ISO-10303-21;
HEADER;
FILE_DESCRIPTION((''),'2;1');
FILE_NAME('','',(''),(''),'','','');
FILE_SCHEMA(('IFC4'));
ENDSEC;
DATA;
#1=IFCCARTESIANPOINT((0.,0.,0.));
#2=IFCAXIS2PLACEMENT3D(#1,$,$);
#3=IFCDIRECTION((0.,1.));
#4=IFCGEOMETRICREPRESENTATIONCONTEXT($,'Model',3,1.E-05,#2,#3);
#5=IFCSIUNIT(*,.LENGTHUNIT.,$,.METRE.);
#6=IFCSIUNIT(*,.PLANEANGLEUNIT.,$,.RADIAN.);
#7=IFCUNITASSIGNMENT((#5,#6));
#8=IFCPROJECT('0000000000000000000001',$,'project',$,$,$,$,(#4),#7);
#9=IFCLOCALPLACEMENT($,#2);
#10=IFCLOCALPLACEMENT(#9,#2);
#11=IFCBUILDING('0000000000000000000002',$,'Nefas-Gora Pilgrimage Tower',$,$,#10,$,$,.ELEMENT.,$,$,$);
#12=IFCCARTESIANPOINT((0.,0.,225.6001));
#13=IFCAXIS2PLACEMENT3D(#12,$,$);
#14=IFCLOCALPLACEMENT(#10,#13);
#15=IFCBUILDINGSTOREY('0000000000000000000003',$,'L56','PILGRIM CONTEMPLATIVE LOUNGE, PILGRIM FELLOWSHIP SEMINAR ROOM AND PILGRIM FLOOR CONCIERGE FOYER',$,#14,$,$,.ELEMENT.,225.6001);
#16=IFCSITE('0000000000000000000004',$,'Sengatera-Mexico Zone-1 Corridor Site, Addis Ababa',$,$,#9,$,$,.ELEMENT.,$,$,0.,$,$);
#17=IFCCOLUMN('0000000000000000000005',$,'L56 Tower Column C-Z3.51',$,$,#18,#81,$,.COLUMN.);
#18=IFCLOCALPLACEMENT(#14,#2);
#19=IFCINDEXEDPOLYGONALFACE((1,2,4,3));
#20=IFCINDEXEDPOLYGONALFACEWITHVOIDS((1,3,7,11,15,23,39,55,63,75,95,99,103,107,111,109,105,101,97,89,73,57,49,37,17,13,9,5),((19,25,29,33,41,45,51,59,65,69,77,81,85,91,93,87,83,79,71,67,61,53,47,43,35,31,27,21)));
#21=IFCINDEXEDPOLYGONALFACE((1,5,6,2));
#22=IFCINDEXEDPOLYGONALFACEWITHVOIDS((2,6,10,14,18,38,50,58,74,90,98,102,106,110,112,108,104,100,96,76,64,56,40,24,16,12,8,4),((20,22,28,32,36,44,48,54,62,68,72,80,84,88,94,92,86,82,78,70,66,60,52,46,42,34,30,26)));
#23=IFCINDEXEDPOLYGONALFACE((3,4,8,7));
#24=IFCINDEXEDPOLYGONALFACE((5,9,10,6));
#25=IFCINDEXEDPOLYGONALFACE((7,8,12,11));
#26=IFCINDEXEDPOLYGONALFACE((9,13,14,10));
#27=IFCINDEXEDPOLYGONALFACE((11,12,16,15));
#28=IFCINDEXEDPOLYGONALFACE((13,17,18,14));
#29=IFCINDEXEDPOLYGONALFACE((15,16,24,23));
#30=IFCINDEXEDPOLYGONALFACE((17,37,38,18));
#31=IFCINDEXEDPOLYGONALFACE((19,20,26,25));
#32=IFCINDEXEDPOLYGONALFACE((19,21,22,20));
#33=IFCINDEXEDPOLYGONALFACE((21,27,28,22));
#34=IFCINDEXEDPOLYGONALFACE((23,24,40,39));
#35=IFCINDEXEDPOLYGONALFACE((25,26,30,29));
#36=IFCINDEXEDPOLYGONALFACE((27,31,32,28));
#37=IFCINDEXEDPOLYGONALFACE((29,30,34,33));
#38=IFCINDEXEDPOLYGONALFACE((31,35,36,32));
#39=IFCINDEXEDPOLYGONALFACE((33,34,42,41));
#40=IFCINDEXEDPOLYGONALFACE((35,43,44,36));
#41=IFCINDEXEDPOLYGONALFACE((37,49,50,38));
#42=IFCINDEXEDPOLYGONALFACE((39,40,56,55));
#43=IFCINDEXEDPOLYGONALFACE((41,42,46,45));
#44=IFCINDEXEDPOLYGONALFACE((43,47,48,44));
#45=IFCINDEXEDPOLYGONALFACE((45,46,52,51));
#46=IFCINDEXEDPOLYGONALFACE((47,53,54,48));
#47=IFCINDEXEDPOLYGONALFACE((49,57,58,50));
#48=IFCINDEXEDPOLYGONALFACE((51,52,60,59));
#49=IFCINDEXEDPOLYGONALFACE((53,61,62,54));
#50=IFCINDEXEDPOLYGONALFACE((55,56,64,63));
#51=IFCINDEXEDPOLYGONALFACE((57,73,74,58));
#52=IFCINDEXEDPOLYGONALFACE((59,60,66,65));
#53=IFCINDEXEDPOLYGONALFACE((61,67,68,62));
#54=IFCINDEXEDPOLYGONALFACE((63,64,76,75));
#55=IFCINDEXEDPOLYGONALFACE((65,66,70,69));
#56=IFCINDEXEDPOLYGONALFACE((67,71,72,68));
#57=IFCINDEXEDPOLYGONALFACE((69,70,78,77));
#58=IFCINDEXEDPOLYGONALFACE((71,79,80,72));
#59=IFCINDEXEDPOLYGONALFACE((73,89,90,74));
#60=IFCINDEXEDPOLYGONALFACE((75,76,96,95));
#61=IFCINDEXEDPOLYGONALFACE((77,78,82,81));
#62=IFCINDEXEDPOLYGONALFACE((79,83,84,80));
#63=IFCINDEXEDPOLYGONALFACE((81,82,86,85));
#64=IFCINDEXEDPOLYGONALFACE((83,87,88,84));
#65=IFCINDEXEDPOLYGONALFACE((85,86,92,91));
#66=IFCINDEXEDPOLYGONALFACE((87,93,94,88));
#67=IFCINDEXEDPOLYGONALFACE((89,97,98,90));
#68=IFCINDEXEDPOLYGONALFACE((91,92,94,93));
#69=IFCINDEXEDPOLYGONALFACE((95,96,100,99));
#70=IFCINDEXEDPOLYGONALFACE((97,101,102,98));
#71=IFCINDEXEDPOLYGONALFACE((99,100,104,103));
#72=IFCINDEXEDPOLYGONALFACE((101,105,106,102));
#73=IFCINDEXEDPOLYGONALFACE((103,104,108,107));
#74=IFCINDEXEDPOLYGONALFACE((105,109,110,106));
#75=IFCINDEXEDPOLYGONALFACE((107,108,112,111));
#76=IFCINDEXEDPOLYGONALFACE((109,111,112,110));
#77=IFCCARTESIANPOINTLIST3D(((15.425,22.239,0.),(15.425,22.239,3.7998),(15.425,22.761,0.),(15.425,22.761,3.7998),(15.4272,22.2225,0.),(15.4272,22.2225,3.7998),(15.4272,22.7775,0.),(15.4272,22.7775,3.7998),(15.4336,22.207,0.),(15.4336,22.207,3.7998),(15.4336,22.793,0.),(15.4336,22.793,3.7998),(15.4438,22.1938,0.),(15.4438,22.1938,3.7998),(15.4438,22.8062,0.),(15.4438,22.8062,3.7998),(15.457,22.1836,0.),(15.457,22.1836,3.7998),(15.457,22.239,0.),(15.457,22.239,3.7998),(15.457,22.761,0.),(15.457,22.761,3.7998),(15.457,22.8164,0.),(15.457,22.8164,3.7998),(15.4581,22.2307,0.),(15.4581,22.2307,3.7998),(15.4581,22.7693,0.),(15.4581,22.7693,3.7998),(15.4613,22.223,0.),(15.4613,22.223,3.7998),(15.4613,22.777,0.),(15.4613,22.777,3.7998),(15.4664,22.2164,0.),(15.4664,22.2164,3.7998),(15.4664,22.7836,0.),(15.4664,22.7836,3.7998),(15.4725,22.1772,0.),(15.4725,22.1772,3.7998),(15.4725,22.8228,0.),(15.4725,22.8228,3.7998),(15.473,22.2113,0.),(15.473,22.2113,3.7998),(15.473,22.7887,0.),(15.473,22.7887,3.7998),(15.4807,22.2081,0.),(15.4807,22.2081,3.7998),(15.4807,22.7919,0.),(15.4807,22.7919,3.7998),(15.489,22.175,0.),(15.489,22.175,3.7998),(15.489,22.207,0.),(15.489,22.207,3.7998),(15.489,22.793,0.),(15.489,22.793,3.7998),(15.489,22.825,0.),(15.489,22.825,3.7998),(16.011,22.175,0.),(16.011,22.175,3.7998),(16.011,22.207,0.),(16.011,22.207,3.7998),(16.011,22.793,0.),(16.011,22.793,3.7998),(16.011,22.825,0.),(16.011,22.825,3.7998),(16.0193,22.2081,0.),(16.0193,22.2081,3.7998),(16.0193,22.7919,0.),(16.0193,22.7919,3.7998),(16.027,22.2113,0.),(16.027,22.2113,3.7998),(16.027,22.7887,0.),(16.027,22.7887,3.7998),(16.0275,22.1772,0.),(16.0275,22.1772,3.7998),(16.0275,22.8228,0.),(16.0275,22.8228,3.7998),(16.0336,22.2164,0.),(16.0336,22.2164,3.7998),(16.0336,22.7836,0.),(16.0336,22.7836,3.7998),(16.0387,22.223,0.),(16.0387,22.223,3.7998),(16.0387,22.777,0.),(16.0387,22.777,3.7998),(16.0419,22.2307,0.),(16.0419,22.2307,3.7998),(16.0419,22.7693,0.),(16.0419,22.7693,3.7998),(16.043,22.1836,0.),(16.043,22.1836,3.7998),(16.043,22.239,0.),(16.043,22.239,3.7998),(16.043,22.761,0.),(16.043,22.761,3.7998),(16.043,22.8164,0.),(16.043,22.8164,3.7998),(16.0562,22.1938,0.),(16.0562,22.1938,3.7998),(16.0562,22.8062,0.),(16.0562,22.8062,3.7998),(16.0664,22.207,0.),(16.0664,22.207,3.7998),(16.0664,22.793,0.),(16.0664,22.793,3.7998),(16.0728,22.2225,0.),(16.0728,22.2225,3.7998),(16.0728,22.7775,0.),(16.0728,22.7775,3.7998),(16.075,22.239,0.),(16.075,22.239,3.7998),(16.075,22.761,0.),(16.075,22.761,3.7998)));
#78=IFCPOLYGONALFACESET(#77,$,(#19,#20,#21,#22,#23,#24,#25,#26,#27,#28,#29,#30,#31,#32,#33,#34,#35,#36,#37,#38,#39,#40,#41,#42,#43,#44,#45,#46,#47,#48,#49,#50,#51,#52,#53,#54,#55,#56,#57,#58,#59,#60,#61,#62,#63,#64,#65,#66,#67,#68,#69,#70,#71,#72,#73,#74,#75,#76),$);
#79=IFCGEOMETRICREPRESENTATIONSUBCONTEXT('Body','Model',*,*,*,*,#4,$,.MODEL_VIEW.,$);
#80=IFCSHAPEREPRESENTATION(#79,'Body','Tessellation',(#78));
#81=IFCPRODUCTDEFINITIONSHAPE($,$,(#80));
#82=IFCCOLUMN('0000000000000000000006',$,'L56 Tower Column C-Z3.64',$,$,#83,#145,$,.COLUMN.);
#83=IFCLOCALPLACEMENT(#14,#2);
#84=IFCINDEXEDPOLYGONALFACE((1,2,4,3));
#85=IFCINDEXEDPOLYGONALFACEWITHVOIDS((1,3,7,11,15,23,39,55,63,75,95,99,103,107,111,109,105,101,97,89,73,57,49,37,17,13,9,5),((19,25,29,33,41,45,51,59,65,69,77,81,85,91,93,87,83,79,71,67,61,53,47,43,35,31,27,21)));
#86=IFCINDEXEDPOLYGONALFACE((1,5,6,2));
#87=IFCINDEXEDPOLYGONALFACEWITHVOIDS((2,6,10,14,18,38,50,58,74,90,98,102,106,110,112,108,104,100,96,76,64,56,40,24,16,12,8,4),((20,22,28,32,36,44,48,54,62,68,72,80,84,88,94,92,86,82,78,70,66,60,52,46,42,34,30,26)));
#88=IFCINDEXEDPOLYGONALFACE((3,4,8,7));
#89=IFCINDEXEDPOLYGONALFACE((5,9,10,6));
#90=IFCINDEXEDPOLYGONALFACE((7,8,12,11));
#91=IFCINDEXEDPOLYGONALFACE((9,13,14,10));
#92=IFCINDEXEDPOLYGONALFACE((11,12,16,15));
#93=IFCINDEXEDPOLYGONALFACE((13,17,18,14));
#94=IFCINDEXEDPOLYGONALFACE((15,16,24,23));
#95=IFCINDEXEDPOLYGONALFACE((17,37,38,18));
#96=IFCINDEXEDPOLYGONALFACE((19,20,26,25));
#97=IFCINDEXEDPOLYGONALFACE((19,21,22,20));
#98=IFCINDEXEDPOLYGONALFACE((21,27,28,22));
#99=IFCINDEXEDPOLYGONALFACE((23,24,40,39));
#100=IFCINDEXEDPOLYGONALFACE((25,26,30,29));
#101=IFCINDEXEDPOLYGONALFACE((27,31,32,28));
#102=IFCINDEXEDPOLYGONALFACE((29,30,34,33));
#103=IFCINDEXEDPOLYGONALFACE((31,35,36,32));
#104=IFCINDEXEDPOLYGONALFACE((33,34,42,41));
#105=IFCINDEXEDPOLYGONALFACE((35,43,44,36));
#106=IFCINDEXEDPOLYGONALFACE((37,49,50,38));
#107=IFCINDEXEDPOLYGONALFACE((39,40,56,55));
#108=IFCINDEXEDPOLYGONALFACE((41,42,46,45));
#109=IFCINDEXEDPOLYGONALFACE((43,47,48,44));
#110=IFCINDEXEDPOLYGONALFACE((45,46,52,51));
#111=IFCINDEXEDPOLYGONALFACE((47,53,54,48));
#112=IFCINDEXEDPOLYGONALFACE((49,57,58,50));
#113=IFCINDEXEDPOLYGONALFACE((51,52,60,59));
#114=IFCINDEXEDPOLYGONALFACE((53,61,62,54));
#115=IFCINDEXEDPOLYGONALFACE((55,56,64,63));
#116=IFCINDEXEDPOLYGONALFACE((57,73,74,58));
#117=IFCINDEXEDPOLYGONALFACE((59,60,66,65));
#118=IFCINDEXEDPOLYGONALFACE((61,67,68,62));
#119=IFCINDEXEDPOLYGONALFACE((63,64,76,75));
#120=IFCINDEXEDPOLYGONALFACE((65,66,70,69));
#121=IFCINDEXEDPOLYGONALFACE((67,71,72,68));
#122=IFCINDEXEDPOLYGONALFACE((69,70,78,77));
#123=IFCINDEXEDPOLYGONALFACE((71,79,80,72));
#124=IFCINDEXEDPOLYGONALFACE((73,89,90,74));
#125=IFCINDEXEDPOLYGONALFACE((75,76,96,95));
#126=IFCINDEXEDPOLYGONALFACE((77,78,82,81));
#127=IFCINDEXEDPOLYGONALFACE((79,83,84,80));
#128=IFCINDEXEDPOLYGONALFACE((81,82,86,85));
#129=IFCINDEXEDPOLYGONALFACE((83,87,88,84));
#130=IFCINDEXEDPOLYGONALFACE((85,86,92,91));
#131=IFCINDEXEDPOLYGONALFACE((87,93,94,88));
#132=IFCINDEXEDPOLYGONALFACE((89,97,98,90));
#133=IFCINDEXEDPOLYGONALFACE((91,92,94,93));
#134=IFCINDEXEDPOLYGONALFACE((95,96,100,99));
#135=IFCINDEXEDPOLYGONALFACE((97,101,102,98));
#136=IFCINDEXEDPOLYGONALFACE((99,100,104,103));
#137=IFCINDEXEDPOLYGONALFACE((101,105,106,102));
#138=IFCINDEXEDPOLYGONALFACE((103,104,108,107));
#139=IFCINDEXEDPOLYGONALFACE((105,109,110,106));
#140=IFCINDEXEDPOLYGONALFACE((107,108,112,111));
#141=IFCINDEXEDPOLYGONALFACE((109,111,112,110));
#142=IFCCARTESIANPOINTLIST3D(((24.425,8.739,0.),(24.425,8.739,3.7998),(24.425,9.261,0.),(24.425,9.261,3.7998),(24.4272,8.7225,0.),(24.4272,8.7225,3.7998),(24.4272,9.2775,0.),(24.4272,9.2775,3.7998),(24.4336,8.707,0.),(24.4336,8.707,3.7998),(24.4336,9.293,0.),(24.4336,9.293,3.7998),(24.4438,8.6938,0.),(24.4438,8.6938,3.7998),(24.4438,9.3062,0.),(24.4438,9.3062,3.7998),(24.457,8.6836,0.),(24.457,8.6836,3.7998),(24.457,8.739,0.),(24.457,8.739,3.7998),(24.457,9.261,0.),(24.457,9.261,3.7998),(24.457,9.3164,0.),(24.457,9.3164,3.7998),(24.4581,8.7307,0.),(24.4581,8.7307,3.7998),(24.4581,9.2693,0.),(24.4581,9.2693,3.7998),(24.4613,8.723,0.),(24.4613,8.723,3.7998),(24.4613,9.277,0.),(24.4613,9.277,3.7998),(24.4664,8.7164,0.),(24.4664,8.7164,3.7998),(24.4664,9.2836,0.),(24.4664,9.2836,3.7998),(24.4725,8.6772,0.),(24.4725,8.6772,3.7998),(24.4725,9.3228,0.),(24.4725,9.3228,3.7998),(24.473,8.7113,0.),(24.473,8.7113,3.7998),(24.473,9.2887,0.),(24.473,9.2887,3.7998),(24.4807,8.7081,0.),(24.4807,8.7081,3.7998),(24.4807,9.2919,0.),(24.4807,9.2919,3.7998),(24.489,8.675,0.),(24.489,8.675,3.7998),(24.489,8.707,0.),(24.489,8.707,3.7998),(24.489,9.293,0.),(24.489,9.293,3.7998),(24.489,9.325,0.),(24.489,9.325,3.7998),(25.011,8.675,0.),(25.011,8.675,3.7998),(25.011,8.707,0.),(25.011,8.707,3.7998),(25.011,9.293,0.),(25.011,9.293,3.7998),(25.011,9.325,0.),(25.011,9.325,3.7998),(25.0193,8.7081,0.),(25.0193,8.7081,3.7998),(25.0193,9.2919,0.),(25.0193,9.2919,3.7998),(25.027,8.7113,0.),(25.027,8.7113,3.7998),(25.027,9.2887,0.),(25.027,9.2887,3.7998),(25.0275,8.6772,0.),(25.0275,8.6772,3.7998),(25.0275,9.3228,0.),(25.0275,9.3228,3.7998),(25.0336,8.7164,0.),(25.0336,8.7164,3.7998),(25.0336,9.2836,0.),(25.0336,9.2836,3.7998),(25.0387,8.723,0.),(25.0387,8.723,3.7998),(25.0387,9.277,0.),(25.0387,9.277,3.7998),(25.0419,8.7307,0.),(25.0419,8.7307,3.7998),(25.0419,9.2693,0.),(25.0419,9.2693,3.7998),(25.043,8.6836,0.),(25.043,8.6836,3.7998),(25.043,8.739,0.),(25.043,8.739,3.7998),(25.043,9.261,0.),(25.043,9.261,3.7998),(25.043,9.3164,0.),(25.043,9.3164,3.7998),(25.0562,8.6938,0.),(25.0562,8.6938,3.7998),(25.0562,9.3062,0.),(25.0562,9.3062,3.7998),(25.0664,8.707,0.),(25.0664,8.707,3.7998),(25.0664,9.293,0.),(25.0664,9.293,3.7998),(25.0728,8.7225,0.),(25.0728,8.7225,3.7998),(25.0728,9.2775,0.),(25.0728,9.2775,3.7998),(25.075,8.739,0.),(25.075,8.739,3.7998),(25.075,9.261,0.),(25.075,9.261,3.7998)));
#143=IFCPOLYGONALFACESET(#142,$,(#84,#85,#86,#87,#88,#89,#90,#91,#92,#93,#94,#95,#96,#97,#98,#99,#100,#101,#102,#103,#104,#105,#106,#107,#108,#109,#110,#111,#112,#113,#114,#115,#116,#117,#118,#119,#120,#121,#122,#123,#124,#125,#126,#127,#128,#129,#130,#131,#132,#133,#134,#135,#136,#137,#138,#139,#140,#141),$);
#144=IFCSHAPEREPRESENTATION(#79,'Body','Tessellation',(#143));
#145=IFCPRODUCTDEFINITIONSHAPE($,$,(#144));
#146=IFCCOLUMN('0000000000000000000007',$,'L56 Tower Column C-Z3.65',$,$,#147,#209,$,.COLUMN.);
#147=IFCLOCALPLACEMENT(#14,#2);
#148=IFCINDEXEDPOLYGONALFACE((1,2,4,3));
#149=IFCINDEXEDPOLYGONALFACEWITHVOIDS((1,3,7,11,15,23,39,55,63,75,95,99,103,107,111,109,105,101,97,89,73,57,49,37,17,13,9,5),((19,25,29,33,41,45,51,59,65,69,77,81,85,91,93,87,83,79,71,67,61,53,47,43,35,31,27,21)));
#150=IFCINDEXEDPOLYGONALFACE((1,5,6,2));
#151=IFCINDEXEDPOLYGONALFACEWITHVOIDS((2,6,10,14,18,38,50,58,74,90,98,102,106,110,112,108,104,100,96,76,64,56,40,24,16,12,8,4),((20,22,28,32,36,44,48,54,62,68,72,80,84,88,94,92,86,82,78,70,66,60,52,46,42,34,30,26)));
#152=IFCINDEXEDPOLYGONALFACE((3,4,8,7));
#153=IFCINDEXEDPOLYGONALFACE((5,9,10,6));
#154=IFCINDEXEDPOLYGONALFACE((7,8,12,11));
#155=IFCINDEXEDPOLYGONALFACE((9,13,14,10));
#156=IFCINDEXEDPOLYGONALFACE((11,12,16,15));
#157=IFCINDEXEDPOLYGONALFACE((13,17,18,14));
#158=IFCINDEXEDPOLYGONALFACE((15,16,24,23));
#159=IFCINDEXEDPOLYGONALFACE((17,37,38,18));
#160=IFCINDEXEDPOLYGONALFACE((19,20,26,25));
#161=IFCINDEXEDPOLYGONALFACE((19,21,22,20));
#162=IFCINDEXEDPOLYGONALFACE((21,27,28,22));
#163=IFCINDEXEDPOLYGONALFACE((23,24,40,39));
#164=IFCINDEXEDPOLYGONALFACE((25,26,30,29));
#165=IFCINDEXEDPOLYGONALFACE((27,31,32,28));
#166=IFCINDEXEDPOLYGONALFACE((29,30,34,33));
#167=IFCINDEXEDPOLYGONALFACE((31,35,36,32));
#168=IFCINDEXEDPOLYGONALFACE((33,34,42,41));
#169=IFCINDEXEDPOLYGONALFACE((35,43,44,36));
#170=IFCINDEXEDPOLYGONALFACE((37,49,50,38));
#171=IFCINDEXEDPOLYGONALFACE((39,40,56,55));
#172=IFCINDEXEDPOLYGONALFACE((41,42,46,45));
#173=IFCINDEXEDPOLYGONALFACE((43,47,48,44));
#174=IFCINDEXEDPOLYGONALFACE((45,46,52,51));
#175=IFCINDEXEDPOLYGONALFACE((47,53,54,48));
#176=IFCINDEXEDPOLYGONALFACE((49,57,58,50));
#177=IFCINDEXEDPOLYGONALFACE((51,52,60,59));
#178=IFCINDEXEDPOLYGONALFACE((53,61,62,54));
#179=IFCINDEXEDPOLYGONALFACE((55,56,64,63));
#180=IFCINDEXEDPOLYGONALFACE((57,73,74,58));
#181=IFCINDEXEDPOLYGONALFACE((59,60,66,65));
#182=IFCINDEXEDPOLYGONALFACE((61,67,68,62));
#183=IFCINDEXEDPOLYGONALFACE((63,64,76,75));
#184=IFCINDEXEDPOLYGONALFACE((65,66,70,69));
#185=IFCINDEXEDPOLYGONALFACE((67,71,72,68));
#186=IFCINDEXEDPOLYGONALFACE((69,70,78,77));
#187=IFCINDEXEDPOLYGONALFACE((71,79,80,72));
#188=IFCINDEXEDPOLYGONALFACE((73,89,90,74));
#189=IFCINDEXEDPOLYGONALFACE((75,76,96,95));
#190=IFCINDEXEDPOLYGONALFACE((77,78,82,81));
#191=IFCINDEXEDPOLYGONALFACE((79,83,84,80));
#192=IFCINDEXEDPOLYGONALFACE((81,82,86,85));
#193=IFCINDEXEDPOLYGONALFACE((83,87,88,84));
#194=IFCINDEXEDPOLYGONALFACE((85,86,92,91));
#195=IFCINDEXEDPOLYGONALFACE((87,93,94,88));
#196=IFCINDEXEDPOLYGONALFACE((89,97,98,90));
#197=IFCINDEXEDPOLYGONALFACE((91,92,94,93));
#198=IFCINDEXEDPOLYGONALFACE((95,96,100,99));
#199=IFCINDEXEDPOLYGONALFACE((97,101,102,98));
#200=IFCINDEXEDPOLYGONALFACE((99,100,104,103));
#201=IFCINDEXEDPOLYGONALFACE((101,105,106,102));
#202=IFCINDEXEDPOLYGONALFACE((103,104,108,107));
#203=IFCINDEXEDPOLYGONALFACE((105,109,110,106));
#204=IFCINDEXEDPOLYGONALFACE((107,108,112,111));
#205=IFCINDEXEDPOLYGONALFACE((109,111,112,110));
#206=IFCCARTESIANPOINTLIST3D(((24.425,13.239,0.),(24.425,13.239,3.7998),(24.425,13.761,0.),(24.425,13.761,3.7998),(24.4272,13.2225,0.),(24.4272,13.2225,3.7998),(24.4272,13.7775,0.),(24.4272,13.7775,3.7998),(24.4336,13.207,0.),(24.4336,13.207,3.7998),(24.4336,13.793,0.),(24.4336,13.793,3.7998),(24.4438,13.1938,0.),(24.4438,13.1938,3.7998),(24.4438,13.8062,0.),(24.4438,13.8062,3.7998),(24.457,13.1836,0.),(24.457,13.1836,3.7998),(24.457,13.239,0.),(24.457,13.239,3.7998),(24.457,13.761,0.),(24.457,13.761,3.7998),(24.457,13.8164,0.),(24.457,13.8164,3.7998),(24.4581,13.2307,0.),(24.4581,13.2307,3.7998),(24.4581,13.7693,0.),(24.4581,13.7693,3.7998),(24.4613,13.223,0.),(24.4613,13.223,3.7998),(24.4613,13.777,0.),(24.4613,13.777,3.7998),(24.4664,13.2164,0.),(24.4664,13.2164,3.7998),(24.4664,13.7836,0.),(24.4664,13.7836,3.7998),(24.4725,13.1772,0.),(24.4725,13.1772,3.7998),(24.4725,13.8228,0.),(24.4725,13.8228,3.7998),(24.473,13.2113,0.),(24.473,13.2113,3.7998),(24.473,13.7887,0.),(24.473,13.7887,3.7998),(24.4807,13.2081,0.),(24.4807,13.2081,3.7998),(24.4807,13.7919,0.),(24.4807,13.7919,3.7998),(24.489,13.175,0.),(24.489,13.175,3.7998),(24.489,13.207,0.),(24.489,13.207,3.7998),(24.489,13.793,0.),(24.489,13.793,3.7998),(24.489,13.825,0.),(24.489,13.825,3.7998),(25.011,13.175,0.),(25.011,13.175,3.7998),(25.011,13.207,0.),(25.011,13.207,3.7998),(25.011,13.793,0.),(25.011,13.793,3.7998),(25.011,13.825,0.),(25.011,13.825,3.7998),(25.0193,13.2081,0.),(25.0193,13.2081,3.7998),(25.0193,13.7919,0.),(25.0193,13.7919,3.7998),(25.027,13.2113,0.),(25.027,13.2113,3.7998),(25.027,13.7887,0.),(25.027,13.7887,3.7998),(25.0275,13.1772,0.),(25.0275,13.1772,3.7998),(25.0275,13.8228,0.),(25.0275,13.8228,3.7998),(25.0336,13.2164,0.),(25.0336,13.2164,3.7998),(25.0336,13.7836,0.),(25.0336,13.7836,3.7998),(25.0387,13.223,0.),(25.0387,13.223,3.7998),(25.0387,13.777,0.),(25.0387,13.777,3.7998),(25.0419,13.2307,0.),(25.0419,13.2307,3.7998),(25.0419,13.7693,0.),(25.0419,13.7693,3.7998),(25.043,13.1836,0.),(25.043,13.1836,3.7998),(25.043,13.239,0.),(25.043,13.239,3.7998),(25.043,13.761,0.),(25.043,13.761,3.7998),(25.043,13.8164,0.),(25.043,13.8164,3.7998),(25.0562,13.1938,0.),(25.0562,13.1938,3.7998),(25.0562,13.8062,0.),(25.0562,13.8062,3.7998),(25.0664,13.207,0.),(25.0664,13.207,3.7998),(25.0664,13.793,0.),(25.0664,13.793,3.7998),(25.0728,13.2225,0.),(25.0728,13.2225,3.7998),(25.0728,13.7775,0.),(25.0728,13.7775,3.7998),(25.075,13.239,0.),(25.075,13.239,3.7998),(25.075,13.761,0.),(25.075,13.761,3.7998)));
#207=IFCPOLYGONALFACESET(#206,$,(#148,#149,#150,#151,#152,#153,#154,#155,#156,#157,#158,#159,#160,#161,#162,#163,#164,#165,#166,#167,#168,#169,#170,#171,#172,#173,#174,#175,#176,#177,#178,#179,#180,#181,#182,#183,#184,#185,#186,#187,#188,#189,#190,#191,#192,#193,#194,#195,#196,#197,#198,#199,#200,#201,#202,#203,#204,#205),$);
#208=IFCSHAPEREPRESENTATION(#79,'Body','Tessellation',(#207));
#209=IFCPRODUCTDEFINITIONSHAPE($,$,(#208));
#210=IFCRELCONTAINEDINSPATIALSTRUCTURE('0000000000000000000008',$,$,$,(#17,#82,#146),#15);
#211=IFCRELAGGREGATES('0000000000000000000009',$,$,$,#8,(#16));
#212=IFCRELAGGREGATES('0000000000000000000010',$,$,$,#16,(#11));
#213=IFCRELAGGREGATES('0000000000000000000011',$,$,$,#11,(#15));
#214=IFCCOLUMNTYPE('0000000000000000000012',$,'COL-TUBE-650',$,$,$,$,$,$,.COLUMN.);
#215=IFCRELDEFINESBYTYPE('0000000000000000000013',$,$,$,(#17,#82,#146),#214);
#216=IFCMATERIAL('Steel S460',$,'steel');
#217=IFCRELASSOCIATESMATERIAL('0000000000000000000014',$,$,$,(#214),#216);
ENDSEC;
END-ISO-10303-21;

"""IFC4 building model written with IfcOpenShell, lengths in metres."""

from ifc_helpers import new_model, si_unit, direction, frame, origin, origin_2d, place, context, subcontext, project, spatial, hollow_rectangle, extrude, source, transform, mapped, material, material_profile, profile_set, type_object, element, save


model = new_model("IFC4")

# Units and contexts
model_context = context("Model", 3, precision=1e-05, world=origin(), true_north=direction((0.0, 1.0)))
body_context = subcontext(model_context, "Body", "Model", "MODEL_VIEW")
ifc_project = project(units=[si_unit("LENGTHUNIT", "METRE"), si_unit("PLANEANGLEUNIT", "RADIAN")], contexts=[model_context])

# Site, building, storey
site_placement = place(None, origin())
site = spatial("IfcSite", under=ifc_project, at=site_placement, Name="Sengatera-Mexico Zone-1 Corridor Site, Addis Ababa", CompositionType="ELEMENT", RefElevation=0.0)
building_placement = place(site_placement, origin())
building = spatial("IfcBuilding", under=site, at=building_placement, Name="Nefas-Gora Pilgrimage Tower", CompositionType="ELEMENT")
storey_placement = place(building_placement, frame((0.0, 0.0, 225.6001)))
storey = spatial("IfcBuildingStorey", under=building, at=storey_placement, Name="L56", Description="PILGRIM CONTEMPLATIVE LOUNGE, PILGRIM FELLOWSHIP SEMINAR ROOM AND PILGRIM FLOOR CONCIERGE FOYER", CompositionType="ELEMENT", Elevation=225.6001)

# Columns
ifc_material_1 = material(Name="Steel S460", Category="steel")
ifc_material_profile_1 = material_profile(ifc_material_1, hollow_rectangle(XDim=0.6499, YDim=0.6499, WallThickness=0.032, InnerFilletRadius=0.032, OuterFilletRadius=0.064, at=origin_2d()), Name="BOX 650x650x32")
ifc_profile_set_1 = profile_set([ifc_material_profile_1], Name="Steel S460")
column_type_1 = type_object("IfcColumnType", Name="COL-TUBE-650", PredefinedType="COLUMN", material=ifc_profile_set_1)
shared_shape_1 = source(origin(), body_context, "Body", "SweptSolid", [
    extrude(hollow_rectangle(XDim=0.6499, YDim=0.6499, WallThickness=0.032, InnerFilletRadius=0.032, OuterFilletRadius=0.064, at=origin_2d()), origin(), (0.0, 0.0, 1.0), 3.7998),
])
for number, where, z_axis, x_axis, name in (
    (1, (15.75, 22.5, 0.0), (0.0, 0.0, 1.0), (1.0, 0.0, 0.0), "L56 Tower Column C-Z3.51"),
    (2, (24.75, 9.0, 0.0), (0.0, 0.0, 1.0), (1.0, 0.0, 0.0), "L56 Tower Column C-Z3.64"),
    (3, (24.75, 13.5, 0.0), (0.0, 0.0, 1.0), (1.0, 0.0, 0.0), "L56 Tower Column C-Z3.65"),
):
    element("IfcColumn", number, at=place(storey_placement, frame(where, z_axis=z_axis, x_axis=x_axis)), inside=storey, type_object=column_type_1, Name=name, PredefinedType="COLUMN", context=body_context, shape_type="MappedRepresentation", body=[
        mapped(shared_shape_1, transform((0.0, 0.0, 0.0), x_axis=(1.0, 0.0, 0.0), y_axis=(0.0, 1.0, 0.0), z_axis=(0.0, 0.0, 1.0), scale=1.0)),
    ])

save(model, "model.ifc")
